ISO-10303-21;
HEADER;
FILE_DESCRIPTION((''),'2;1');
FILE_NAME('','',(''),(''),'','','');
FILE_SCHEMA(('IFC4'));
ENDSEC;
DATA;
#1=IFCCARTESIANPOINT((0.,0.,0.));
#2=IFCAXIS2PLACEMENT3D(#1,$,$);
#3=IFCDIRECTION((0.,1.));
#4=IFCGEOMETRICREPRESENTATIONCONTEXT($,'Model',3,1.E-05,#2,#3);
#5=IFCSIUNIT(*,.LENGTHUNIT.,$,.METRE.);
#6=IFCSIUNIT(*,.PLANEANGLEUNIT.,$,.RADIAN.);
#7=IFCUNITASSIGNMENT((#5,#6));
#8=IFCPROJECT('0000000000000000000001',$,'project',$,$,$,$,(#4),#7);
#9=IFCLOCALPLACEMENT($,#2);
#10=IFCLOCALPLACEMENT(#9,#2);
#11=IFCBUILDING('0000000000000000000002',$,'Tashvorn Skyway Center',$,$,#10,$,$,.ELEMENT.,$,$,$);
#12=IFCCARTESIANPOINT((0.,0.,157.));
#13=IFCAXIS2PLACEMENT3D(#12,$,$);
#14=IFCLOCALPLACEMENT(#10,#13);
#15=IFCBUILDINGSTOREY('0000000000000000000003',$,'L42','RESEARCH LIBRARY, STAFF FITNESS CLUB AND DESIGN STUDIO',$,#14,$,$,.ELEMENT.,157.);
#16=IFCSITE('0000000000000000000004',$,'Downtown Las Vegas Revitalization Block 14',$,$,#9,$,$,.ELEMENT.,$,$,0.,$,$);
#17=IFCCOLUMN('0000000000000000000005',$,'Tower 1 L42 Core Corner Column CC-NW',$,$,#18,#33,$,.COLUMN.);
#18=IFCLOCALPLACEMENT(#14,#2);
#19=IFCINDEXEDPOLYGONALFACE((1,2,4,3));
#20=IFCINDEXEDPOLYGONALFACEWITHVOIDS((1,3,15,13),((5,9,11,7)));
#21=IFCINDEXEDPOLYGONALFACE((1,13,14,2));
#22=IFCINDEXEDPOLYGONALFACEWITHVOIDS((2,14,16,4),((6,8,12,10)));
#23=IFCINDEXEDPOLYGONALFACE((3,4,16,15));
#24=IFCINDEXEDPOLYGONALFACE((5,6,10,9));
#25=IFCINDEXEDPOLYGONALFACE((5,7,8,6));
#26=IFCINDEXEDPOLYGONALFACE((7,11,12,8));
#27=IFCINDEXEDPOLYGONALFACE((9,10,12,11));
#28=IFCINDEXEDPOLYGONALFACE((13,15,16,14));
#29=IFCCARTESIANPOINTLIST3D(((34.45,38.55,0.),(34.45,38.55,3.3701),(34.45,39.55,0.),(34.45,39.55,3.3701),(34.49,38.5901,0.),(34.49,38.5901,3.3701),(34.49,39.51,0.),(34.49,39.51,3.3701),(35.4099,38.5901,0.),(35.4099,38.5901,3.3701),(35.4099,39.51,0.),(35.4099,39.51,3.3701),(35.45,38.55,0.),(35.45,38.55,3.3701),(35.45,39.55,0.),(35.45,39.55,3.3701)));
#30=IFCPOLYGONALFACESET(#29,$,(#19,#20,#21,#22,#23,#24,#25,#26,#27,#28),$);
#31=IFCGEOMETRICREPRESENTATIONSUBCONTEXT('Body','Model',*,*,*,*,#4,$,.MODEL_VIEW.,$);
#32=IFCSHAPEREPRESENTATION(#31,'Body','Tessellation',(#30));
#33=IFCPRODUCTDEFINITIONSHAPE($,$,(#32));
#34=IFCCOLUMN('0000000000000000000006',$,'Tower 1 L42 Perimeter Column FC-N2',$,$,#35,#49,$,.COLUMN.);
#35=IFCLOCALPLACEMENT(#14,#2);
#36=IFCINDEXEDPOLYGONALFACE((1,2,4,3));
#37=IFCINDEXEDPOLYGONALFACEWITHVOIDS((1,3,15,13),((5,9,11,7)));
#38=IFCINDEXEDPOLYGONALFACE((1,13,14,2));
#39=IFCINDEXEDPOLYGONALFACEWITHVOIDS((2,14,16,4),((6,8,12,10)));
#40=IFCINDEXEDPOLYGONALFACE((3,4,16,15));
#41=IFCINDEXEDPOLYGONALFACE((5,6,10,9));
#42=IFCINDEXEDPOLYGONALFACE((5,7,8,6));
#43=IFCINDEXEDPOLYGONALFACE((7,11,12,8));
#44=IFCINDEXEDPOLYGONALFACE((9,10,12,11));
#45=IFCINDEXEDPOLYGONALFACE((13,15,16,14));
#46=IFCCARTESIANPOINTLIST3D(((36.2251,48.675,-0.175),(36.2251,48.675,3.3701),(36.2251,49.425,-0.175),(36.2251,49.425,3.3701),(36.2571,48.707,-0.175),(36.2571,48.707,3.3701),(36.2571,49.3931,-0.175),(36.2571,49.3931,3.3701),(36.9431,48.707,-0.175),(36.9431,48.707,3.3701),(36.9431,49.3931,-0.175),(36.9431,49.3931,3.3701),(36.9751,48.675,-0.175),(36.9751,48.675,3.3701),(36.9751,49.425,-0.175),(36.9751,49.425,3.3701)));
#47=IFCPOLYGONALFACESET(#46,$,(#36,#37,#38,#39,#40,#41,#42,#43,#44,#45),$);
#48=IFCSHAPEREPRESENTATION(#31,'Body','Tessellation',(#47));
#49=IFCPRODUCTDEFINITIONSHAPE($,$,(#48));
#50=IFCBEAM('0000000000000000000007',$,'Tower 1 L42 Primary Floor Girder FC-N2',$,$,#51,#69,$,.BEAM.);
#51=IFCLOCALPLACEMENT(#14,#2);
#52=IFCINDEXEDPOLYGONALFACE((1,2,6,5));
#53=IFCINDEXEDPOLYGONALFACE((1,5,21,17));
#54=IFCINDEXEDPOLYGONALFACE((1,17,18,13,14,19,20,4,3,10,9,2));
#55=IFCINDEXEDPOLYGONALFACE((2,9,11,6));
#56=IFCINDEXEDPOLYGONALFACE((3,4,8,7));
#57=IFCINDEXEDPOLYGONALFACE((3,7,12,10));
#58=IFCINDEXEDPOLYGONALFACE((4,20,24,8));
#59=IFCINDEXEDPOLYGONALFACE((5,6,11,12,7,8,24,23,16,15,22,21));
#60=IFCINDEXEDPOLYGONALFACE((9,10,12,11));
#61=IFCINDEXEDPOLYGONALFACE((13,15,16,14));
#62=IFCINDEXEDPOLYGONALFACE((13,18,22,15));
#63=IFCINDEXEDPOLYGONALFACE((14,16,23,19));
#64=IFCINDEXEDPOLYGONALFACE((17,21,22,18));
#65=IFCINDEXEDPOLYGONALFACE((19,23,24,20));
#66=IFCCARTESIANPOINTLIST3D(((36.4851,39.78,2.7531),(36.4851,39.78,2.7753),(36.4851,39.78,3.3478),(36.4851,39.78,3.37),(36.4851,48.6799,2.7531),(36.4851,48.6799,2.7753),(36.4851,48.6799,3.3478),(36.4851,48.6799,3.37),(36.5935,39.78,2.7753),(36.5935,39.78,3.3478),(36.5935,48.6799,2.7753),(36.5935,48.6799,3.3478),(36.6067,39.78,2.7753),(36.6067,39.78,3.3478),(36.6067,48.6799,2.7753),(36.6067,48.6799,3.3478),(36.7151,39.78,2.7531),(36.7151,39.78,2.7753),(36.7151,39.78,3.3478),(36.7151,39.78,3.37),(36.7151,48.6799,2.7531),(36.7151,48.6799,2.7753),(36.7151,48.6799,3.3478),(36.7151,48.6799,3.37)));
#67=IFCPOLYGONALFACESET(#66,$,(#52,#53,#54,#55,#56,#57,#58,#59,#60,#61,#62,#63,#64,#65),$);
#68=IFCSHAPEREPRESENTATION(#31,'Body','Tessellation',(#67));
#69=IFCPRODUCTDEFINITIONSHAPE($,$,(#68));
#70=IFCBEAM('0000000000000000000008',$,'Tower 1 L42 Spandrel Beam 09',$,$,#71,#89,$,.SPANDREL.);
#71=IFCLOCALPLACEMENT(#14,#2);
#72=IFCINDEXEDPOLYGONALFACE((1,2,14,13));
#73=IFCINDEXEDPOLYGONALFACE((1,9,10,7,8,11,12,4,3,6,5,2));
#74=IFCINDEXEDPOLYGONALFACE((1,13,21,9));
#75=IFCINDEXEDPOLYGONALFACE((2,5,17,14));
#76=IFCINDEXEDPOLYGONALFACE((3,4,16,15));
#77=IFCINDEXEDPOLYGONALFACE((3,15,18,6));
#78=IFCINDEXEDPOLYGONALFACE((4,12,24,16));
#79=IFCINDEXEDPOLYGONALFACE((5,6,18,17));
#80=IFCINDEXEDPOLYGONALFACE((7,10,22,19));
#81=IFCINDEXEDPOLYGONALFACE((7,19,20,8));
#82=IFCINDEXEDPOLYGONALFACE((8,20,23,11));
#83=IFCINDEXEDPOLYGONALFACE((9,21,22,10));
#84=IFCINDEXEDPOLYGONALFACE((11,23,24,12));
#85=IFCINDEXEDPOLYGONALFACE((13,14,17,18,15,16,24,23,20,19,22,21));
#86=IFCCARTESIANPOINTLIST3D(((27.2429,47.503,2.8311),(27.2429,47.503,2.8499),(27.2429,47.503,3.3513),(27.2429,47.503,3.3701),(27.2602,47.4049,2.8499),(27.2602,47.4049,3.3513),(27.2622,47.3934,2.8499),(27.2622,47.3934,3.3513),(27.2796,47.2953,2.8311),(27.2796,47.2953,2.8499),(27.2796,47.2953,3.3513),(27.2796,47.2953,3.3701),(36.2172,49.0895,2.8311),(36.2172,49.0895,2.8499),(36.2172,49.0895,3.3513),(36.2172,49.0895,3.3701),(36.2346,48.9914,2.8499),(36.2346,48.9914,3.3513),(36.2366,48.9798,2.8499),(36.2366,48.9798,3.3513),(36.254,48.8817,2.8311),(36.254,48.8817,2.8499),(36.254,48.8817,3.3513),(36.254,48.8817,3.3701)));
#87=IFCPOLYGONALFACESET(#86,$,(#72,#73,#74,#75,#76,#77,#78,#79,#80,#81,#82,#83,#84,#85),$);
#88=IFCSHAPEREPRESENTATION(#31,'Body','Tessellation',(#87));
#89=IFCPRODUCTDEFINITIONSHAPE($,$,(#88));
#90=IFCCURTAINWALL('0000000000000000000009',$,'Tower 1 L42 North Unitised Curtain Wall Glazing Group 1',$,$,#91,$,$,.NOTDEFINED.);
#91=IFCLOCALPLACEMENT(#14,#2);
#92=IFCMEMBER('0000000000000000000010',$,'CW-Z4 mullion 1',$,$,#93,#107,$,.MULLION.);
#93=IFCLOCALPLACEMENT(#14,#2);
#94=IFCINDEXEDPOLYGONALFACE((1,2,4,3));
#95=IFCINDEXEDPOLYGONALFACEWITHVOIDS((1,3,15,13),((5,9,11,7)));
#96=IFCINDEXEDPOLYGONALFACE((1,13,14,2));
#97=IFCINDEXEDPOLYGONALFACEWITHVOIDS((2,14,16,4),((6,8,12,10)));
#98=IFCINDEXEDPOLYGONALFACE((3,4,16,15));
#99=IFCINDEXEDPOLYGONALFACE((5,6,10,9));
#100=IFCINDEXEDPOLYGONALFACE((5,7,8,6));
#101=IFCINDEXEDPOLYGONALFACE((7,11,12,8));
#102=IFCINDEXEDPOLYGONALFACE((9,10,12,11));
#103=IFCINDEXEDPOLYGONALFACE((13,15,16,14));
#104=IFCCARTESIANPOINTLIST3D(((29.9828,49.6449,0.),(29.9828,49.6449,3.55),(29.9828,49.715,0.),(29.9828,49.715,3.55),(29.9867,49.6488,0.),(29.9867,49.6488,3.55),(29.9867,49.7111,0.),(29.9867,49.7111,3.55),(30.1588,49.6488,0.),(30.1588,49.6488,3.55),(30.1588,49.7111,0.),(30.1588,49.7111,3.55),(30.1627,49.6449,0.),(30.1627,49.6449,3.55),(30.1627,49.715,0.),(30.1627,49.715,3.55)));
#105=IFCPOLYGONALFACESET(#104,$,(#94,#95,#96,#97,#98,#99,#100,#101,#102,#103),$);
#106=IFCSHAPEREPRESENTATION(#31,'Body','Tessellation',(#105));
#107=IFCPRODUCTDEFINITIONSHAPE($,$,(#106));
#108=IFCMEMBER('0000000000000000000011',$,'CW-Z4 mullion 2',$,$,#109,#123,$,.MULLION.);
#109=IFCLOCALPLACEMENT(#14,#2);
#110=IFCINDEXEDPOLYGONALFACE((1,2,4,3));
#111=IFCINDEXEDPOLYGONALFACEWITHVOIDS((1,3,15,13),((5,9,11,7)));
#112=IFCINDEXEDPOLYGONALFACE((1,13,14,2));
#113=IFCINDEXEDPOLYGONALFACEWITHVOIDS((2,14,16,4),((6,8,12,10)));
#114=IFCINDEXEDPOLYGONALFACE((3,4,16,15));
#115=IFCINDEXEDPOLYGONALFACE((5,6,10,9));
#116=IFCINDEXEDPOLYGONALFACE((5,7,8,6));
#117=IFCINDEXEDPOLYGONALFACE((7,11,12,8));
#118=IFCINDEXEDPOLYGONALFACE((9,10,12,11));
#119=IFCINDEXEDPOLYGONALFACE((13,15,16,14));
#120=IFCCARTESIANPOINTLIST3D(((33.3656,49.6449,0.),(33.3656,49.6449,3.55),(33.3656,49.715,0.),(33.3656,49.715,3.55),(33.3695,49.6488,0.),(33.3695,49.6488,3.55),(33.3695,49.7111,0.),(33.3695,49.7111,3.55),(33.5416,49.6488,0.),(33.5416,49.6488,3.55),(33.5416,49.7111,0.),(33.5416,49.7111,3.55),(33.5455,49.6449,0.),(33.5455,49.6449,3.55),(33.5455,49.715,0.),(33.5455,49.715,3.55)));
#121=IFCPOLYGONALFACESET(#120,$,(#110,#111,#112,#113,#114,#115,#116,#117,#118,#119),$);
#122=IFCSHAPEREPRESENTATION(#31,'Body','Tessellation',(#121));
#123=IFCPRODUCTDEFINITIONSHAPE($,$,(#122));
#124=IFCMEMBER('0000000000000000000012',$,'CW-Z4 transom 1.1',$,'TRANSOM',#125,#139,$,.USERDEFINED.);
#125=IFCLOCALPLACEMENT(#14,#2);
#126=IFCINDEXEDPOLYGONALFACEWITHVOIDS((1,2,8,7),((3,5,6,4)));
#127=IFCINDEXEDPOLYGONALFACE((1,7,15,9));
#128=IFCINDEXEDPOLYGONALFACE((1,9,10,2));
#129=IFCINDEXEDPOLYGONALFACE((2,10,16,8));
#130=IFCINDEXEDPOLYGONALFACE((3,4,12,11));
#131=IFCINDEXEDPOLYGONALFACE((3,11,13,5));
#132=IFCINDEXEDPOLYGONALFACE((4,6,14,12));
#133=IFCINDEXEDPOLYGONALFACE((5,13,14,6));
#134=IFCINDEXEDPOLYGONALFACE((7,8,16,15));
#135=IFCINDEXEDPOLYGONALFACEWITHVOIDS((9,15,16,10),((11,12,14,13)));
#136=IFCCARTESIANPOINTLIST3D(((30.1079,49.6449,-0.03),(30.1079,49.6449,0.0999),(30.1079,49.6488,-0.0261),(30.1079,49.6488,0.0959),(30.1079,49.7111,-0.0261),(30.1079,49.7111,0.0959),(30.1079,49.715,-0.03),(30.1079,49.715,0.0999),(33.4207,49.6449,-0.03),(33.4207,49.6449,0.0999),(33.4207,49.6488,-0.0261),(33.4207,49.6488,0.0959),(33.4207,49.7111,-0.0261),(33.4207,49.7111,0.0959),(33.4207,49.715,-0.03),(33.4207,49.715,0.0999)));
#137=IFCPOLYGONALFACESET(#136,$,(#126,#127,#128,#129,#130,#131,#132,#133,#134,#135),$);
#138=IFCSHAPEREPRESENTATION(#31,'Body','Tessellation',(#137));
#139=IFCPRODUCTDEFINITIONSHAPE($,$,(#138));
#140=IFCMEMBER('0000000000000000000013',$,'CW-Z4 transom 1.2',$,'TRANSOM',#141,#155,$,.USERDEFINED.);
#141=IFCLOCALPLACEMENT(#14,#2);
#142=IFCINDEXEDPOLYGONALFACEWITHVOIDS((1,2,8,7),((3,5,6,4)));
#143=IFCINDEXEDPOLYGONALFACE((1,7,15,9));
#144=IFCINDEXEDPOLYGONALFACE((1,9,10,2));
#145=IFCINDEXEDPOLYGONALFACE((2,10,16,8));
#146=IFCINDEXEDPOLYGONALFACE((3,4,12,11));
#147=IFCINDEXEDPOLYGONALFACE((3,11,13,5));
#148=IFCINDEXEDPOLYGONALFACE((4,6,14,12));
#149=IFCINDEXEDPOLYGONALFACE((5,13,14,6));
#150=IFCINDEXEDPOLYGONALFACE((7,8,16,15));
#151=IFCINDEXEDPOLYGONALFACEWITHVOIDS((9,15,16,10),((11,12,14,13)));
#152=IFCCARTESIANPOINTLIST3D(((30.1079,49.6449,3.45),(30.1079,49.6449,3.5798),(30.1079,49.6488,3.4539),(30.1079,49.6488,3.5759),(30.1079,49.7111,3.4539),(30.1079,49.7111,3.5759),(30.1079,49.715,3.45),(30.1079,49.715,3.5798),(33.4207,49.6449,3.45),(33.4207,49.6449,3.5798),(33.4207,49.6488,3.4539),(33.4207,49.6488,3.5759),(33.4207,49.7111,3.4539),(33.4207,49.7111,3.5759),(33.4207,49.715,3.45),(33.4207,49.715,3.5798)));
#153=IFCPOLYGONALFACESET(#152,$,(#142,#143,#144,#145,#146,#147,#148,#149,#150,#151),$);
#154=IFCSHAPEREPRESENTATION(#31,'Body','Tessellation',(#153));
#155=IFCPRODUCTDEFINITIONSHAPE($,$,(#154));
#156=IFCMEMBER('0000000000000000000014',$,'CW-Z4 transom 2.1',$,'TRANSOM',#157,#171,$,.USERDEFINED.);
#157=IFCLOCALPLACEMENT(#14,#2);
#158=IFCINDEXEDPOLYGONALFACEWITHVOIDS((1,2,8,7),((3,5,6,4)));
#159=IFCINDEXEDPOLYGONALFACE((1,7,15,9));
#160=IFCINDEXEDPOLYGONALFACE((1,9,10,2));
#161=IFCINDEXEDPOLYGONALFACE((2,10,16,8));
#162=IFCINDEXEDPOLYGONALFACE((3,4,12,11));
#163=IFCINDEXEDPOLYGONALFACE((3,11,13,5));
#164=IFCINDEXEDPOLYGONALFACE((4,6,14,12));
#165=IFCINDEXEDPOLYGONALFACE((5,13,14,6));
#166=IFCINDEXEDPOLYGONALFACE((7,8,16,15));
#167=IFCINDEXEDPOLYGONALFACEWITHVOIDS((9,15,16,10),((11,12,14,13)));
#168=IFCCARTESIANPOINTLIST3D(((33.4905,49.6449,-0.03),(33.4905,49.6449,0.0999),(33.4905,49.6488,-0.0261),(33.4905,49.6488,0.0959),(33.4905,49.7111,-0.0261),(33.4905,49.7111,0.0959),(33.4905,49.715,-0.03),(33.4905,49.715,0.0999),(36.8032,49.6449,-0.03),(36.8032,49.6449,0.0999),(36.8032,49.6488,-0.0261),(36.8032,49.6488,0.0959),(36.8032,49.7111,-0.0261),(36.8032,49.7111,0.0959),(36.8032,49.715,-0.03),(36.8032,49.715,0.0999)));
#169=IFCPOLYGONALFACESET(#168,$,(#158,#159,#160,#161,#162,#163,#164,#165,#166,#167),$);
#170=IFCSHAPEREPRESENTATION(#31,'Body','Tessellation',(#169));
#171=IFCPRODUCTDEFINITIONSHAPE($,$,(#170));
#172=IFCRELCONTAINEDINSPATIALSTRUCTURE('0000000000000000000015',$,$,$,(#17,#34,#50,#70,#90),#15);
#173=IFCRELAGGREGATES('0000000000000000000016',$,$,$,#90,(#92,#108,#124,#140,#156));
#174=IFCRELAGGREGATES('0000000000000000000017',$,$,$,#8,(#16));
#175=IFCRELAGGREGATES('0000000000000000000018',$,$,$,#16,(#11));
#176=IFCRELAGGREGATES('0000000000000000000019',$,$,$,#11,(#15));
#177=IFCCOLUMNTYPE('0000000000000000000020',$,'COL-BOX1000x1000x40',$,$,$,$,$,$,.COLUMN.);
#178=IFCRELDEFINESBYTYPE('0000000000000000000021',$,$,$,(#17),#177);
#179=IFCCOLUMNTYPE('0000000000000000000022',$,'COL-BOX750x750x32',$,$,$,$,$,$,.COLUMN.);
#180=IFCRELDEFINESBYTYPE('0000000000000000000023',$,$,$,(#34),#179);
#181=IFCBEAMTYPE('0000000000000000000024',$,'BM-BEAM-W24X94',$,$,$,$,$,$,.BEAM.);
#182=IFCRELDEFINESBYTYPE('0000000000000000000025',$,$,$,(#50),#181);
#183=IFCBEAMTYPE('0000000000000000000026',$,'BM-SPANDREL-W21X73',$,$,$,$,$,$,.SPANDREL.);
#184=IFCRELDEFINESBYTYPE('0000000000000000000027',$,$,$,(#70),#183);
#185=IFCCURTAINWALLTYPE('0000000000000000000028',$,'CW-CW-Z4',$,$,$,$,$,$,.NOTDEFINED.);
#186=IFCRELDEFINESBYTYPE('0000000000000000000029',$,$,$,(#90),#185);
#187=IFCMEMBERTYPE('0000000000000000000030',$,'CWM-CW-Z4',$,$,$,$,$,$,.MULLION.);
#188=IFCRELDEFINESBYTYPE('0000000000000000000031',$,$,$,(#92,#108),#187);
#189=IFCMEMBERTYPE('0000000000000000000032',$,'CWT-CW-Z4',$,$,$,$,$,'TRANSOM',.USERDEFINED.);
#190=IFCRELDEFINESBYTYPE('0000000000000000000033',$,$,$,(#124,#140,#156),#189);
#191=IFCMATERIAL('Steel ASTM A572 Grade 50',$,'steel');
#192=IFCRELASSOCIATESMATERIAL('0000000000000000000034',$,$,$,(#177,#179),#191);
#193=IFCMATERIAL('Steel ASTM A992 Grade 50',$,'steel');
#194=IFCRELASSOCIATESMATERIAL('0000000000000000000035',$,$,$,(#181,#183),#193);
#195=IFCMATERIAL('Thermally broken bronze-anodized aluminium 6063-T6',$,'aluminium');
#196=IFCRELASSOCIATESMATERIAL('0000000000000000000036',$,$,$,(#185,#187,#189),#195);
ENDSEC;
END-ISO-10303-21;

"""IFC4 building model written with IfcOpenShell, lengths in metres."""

from ifc_helpers import new_model, si_unit, direction, frame, origin, origin_2d, place, context, subcontext, project, spatial, hollow_rectangle, i_section, extrude, material, material_profile, profile_set, type_object, element, aggregate, save


model = new_model("IFC4")

# Units and contexts
model_context = context("Model", 3, precision=1e-05, world=origin(), true_north=direction((0.0, 1.0)))
body_context = subcontext(model_context, "Body", "Model", "MODEL_VIEW")
ifc_project = project(units=[si_unit("LENGTHUNIT", "METRE"), si_unit("PLANEANGLEUNIT", "RADIAN")], contexts=[model_context])

# Site, building, storey
site_placement = place(None, origin())
site = spatial("IfcSite", under=ifc_project, at=site_placement, Name="Downtown Las Vegas Revitalization Block 14", CompositionType="ELEMENT", RefElevation=0.0)
building_placement = place(site_placement, origin())
building = spatial("IfcBuilding", under=site, at=building_placement, Name="Tashvorn Skyway Center", CompositionType="ELEMENT")
storey_placement = place(building_placement, frame((0.0, 0.0, 157.0)))
storey = spatial("IfcBuildingStorey", under=building, at=storey_placement, Name="L42", Description="RESEARCH LIBRARY, STAFF FITNESS CLUB AND DESIGN STUDIO", CompositionType="ELEMENT", Elevation=157.0)

# Columns
ifc_material_1 = material(Name="Steel ASTM A572 Grade 50", Category="steel")
ifc_material_profile_1 = material_profile(ifc_material_1, hollow_rectangle(XDim=1.0, YDim=1.0, WallThickness=0.04, at=origin_2d()), Name="BOX1000x1000x40")
ifc_profile_set_1 = profile_set([ifc_material_profile_1], Name="Steel ASTM A572 Grade 50")
column_type_1 = type_object("IfcColumnType", Name="COL-BOX1000x1000x40", PredefinedType="COLUMN", material=ifc_profile_set_1)
column_1_placement = place(storey_placement, frame((34.95, 39.05, 0.0), z_axis=(0.0, 0.0, 1.0), x_axis=(1.0, 0.0, 0.0)))
element("IfcColumn", 1, at=column_1_placement, inside=storey, type_object=column_type_1, Name="Tower 1 L42 Core Corner Column CC-NW", PredefinedType="COLUMN", context=body_context, shape_type="SweptSolid", body=[
    extrude(hollow_rectangle(XDim=1.0, YDim=1.0, WallThickness=0.04, at=origin_2d()), origin(), (0.0, 0.0, 1.0), 3.3701),
])
ifc_material_profile_2 = material_profile(ifc_material_1, hollow_rectangle(XDim=0.75, YDim=0.75, WallThickness=0.032, at=origin_2d()), Name="BOX750x750x32")
ifc_profile_set_2 = profile_set([ifc_material_profile_2], Name="Steel ASTM A572 Grade 50")
column_type_2 = type_object("IfcColumnType", Name="COL-BOX750x750x32", PredefinedType="COLUMN", material=ifc_profile_set_2)
column_2_placement = place(storey_placement, frame((36.6001, 49.05, -0.175), z_axis=(0.0, 0.0, 1.0), x_axis=(1.0, 0.0, 0.0)))
element("IfcColumn", 2, at=column_2_placement, inside=storey, type_object=column_type_2, Name="Tower 1 L42 Perimeter Column FC-N2", PredefinedType="COLUMN", context=body_context, shape_type="SweptSolid", body=[
    extrude(hollow_rectangle(XDim=0.75, YDim=0.75, WallThickness=0.032, at=origin_2d()), origin(), (0.0, 0.0, 1.0), 3.5452),
])

# Beams
ifc_material_2 = material(Name="Steel ASTM A992 Grade 50", Category="steel")
ifc_material_profile_3 = material_profile(ifc_material_2, i_section(OverallWidth=0.23, OverallDepth=0.6169, WebThickness=0.0132, FlangeThickness=0.0222, at=origin_2d()), Name="W24X94")
ifc_profile_set_3 = profile_set([ifc_material_profile_3], Name="Steel ASTM A992 Grade 50")
beam_type_1 = type_object("IfcBeamType", Name="BM-BEAM-W24X94", PredefinedType="BEAM", material=ifc_profile_set_3)
beam_1_placement = place(storey_placement, frame((36.6001, 48.6799, 3.0615), z_axis=(0.0, -1.0, 0.0), x_axis=(1.0, 0.0, 0.0)))
element("IfcBeam", 3, at=beam_1_placement, inside=storey, type_object=beam_type_1, Name="Tower 1 L42 Primary Floor Girder FC-N2", PredefinedType="BEAM", context=body_context, shape_type="SweptSolid", body=[
    extrude(i_section(OverallWidth=0.23, OverallDepth=0.6169, WebThickness=0.0132, FlangeThickness=0.0222, at=origin_2d()), origin(), (0.0, 0.0, 1.0), 8.8999),
])
ifc_material_profile_4 = material_profile(ifc_material_2, i_section(OverallWidth=0.2109, OverallDepth=0.5391, WebThickness=0.0117, FlangeThickness=0.0188, at=origin_2d()), Name="W21X73")
ifc_profile_set_4 = profile_set([ifc_material_profile_4], Name="Steel ASTM A992 Grade 50")
beam_type_2 = type_object("IfcBeamType", Name="BM-SPANDREL-W21X73", PredefinedType="SPANDREL", material=ifc_profile_set_4)
beam_2_placement = place(storey_placement, frame((36.2356, 48.9856, 3.1006), z_axis=(-0.984733, -0.174074, 0.0), x_axis=(0.174074, -0.984733, 0.0)))
element("IfcBeam", 4, at=beam_2_placement, inside=storey, type_object=beam_type_2, Name="Tower 1 L42 Spandrel Beam 09", PredefinedType="SPANDREL", context=body_context, shape_type="SweptSolid", body=[
    extrude(i_section(OverallWidth=0.2109, OverallDepth=0.5391, WebThickness=0.0117, FlangeThickness=0.0188, at=origin_2d()), origin(), (0.0, 0.0, 1.0), 9.1135),
])

# Curtain wall, members
ifc_material_3 = material(Name="Thermally broken bronze-anodized aluminium 6063-T6", Category="aluminium")
curtain_wall_type = type_object("IfcCurtainWallType", Name="CW-CW-Z4", PredefinedType="NOTDEFINED", material=ifc_material_3)
curtain_wall_placement = place(storey_placement, origin())
curtain_wall = element("IfcCurtainWall", 5, at=curtain_wall_placement, inside=storey, type_object=curtain_wall_type, Name="Tower 1 L42 North Unitised Curtain Wall Glazing Group 1", PredefinedType="NOTDEFINED")
ifc_material_profile_5 = material_profile(ifc_material_3, hollow_rectangle(XDim=0.0701, YDim=0.1799, WallThickness=0.0039, at=origin_2d()), Name="ALU-MULL-70x180")
ifc_profile_set_5 = profile_set([ifc_material_profile_5], Name="Thermally broken bronze-anodized aluminium 6063-T6")
member_type_1 = type_object("IfcMemberType", Name="CWM-CW-Z4", PredefinedType="MULLION", material=ifc_profile_set_5)
member_1_placement = place(storey_placement, frame((30.0728, 49.6799, 0.0), z_axis=(0.0, 0.0, 1.0), x_axis=(0.0, 1.0, 0.0)))
member_1 = element("IfcMember", 6, at=member_1_placement, type_object=member_type_1, Name="CW-Z4 mullion 1", PredefinedType="MULLION", context=body_context, shape_type="SweptSolid", body=[
    extrude(hollow_rectangle(XDim=0.0701, YDim=0.1799, WallThickness=0.0039, at=origin_2d()), origin(), (0.0, 0.0, 1.0), 3.55),
])
member_2_placement = place(storey_placement, frame((33.4556, 49.6799, 0.0), z_axis=(0.0, 0.0, 1.0), x_axis=(0.0, 1.0, 0.0)))
member_2 = element("IfcMember", 7, at=member_2_placement, type_object=member_type_1, Name="CW-Z4 mullion 2", PredefinedType="MULLION", context=body_context, shape_type="SweptSolid", body=[
    extrude(hollow_rectangle(XDim=0.0701, YDim=0.1799, WallThickness=0.0039, at=origin_2d()), origin(), (0.0, 0.0, 1.0), 3.55),
])
ifc_material_profile_6 = material_profile(ifc_material_3, hollow_rectangle(XDim=0.0701, YDim=0.1299, WallThickness=0.0039, at=origin_2d()), Name="ALU-TRAN-70x130")
ifc_profile_set_6 = profile_set([ifc_material_profile_6], Name="Thermally broken bronze-anodized aluminium 6063-T6")
member_type_2 = type_object("IfcMemberType", Name="CWT-CW-Z4", ElementType="TRANSOM", PredefinedType="USERDEFINED", material=ifc_profile_set_6)
member_3_placement = place(storey_placement, frame((30.1079, 49.6799, 0.0349), z_axis=(1.0, 0.0, 0.0), x_axis=(0.0, 1.0, 0.0)))
member_3 = element("IfcMember", 8, at=member_3_placement, type_object=member_type_2, Name="CW-Z4 transom 1.1", ObjectType="TRANSOM", PredefinedType="USERDEFINED", context=body_context, shape_type="SweptSolid", body=[
    extrude(hollow_rectangle(XDim=0.0701, YDim=0.1299, WallThickness=0.0039, at=origin_2d()), origin(), (0.0, 0.0, 1.0), 3.3127),
])
member_4_placement = place(storey_placement, frame((30.1079, 49.6799, 3.5149), z_axis=(1.0, 0.0, 0.0), x_axis=(0.0, 1.0, 0.0)))
member_4 = element("IfcMember", 9, at=member_4_placement, type_object=member_type_2, Name="CW-Z4 transom 1.2", ObjectType="TRANSOM", PredefinedType="USERDEFINED", context=body_context, shape_type="SweptSolid", body=[
    extrude(hollow_rectangle(XDim=0.0701, YDim=0.1299, WallThickness=0.0039, at=origin_2d()), origin(), (0.0, 0.0, 1.0), 3.3127),
])
member_5_placement = place(storey_placement, frame((33.4905, 49.6799, 0.0349), z_axis=(1.0, 0.0, 0.0), x_axis=(0.0, 1.0, 0.0)))
member_5 = element("IfcMember", 10, at=member_5_placement, type_object=member_type_2, Name="CW-Z4 transom 2.1", ObjectType="TRANSOM", PredefinedType="USERDEFINED", context=body_context, shape_type="SweptSolid", body=[
    extrude(hollow_rectangle(XDim=0.0701, YDim=0.1299, WallThickness=0.0039, at=origin_2d()), origin(), (0.0, 0.0, 1.0), 3.3127),
])
aggregate(curtain_wall, [member_1, member_2, member_3, member_4, member_5])

save(model, "model.ifc")
